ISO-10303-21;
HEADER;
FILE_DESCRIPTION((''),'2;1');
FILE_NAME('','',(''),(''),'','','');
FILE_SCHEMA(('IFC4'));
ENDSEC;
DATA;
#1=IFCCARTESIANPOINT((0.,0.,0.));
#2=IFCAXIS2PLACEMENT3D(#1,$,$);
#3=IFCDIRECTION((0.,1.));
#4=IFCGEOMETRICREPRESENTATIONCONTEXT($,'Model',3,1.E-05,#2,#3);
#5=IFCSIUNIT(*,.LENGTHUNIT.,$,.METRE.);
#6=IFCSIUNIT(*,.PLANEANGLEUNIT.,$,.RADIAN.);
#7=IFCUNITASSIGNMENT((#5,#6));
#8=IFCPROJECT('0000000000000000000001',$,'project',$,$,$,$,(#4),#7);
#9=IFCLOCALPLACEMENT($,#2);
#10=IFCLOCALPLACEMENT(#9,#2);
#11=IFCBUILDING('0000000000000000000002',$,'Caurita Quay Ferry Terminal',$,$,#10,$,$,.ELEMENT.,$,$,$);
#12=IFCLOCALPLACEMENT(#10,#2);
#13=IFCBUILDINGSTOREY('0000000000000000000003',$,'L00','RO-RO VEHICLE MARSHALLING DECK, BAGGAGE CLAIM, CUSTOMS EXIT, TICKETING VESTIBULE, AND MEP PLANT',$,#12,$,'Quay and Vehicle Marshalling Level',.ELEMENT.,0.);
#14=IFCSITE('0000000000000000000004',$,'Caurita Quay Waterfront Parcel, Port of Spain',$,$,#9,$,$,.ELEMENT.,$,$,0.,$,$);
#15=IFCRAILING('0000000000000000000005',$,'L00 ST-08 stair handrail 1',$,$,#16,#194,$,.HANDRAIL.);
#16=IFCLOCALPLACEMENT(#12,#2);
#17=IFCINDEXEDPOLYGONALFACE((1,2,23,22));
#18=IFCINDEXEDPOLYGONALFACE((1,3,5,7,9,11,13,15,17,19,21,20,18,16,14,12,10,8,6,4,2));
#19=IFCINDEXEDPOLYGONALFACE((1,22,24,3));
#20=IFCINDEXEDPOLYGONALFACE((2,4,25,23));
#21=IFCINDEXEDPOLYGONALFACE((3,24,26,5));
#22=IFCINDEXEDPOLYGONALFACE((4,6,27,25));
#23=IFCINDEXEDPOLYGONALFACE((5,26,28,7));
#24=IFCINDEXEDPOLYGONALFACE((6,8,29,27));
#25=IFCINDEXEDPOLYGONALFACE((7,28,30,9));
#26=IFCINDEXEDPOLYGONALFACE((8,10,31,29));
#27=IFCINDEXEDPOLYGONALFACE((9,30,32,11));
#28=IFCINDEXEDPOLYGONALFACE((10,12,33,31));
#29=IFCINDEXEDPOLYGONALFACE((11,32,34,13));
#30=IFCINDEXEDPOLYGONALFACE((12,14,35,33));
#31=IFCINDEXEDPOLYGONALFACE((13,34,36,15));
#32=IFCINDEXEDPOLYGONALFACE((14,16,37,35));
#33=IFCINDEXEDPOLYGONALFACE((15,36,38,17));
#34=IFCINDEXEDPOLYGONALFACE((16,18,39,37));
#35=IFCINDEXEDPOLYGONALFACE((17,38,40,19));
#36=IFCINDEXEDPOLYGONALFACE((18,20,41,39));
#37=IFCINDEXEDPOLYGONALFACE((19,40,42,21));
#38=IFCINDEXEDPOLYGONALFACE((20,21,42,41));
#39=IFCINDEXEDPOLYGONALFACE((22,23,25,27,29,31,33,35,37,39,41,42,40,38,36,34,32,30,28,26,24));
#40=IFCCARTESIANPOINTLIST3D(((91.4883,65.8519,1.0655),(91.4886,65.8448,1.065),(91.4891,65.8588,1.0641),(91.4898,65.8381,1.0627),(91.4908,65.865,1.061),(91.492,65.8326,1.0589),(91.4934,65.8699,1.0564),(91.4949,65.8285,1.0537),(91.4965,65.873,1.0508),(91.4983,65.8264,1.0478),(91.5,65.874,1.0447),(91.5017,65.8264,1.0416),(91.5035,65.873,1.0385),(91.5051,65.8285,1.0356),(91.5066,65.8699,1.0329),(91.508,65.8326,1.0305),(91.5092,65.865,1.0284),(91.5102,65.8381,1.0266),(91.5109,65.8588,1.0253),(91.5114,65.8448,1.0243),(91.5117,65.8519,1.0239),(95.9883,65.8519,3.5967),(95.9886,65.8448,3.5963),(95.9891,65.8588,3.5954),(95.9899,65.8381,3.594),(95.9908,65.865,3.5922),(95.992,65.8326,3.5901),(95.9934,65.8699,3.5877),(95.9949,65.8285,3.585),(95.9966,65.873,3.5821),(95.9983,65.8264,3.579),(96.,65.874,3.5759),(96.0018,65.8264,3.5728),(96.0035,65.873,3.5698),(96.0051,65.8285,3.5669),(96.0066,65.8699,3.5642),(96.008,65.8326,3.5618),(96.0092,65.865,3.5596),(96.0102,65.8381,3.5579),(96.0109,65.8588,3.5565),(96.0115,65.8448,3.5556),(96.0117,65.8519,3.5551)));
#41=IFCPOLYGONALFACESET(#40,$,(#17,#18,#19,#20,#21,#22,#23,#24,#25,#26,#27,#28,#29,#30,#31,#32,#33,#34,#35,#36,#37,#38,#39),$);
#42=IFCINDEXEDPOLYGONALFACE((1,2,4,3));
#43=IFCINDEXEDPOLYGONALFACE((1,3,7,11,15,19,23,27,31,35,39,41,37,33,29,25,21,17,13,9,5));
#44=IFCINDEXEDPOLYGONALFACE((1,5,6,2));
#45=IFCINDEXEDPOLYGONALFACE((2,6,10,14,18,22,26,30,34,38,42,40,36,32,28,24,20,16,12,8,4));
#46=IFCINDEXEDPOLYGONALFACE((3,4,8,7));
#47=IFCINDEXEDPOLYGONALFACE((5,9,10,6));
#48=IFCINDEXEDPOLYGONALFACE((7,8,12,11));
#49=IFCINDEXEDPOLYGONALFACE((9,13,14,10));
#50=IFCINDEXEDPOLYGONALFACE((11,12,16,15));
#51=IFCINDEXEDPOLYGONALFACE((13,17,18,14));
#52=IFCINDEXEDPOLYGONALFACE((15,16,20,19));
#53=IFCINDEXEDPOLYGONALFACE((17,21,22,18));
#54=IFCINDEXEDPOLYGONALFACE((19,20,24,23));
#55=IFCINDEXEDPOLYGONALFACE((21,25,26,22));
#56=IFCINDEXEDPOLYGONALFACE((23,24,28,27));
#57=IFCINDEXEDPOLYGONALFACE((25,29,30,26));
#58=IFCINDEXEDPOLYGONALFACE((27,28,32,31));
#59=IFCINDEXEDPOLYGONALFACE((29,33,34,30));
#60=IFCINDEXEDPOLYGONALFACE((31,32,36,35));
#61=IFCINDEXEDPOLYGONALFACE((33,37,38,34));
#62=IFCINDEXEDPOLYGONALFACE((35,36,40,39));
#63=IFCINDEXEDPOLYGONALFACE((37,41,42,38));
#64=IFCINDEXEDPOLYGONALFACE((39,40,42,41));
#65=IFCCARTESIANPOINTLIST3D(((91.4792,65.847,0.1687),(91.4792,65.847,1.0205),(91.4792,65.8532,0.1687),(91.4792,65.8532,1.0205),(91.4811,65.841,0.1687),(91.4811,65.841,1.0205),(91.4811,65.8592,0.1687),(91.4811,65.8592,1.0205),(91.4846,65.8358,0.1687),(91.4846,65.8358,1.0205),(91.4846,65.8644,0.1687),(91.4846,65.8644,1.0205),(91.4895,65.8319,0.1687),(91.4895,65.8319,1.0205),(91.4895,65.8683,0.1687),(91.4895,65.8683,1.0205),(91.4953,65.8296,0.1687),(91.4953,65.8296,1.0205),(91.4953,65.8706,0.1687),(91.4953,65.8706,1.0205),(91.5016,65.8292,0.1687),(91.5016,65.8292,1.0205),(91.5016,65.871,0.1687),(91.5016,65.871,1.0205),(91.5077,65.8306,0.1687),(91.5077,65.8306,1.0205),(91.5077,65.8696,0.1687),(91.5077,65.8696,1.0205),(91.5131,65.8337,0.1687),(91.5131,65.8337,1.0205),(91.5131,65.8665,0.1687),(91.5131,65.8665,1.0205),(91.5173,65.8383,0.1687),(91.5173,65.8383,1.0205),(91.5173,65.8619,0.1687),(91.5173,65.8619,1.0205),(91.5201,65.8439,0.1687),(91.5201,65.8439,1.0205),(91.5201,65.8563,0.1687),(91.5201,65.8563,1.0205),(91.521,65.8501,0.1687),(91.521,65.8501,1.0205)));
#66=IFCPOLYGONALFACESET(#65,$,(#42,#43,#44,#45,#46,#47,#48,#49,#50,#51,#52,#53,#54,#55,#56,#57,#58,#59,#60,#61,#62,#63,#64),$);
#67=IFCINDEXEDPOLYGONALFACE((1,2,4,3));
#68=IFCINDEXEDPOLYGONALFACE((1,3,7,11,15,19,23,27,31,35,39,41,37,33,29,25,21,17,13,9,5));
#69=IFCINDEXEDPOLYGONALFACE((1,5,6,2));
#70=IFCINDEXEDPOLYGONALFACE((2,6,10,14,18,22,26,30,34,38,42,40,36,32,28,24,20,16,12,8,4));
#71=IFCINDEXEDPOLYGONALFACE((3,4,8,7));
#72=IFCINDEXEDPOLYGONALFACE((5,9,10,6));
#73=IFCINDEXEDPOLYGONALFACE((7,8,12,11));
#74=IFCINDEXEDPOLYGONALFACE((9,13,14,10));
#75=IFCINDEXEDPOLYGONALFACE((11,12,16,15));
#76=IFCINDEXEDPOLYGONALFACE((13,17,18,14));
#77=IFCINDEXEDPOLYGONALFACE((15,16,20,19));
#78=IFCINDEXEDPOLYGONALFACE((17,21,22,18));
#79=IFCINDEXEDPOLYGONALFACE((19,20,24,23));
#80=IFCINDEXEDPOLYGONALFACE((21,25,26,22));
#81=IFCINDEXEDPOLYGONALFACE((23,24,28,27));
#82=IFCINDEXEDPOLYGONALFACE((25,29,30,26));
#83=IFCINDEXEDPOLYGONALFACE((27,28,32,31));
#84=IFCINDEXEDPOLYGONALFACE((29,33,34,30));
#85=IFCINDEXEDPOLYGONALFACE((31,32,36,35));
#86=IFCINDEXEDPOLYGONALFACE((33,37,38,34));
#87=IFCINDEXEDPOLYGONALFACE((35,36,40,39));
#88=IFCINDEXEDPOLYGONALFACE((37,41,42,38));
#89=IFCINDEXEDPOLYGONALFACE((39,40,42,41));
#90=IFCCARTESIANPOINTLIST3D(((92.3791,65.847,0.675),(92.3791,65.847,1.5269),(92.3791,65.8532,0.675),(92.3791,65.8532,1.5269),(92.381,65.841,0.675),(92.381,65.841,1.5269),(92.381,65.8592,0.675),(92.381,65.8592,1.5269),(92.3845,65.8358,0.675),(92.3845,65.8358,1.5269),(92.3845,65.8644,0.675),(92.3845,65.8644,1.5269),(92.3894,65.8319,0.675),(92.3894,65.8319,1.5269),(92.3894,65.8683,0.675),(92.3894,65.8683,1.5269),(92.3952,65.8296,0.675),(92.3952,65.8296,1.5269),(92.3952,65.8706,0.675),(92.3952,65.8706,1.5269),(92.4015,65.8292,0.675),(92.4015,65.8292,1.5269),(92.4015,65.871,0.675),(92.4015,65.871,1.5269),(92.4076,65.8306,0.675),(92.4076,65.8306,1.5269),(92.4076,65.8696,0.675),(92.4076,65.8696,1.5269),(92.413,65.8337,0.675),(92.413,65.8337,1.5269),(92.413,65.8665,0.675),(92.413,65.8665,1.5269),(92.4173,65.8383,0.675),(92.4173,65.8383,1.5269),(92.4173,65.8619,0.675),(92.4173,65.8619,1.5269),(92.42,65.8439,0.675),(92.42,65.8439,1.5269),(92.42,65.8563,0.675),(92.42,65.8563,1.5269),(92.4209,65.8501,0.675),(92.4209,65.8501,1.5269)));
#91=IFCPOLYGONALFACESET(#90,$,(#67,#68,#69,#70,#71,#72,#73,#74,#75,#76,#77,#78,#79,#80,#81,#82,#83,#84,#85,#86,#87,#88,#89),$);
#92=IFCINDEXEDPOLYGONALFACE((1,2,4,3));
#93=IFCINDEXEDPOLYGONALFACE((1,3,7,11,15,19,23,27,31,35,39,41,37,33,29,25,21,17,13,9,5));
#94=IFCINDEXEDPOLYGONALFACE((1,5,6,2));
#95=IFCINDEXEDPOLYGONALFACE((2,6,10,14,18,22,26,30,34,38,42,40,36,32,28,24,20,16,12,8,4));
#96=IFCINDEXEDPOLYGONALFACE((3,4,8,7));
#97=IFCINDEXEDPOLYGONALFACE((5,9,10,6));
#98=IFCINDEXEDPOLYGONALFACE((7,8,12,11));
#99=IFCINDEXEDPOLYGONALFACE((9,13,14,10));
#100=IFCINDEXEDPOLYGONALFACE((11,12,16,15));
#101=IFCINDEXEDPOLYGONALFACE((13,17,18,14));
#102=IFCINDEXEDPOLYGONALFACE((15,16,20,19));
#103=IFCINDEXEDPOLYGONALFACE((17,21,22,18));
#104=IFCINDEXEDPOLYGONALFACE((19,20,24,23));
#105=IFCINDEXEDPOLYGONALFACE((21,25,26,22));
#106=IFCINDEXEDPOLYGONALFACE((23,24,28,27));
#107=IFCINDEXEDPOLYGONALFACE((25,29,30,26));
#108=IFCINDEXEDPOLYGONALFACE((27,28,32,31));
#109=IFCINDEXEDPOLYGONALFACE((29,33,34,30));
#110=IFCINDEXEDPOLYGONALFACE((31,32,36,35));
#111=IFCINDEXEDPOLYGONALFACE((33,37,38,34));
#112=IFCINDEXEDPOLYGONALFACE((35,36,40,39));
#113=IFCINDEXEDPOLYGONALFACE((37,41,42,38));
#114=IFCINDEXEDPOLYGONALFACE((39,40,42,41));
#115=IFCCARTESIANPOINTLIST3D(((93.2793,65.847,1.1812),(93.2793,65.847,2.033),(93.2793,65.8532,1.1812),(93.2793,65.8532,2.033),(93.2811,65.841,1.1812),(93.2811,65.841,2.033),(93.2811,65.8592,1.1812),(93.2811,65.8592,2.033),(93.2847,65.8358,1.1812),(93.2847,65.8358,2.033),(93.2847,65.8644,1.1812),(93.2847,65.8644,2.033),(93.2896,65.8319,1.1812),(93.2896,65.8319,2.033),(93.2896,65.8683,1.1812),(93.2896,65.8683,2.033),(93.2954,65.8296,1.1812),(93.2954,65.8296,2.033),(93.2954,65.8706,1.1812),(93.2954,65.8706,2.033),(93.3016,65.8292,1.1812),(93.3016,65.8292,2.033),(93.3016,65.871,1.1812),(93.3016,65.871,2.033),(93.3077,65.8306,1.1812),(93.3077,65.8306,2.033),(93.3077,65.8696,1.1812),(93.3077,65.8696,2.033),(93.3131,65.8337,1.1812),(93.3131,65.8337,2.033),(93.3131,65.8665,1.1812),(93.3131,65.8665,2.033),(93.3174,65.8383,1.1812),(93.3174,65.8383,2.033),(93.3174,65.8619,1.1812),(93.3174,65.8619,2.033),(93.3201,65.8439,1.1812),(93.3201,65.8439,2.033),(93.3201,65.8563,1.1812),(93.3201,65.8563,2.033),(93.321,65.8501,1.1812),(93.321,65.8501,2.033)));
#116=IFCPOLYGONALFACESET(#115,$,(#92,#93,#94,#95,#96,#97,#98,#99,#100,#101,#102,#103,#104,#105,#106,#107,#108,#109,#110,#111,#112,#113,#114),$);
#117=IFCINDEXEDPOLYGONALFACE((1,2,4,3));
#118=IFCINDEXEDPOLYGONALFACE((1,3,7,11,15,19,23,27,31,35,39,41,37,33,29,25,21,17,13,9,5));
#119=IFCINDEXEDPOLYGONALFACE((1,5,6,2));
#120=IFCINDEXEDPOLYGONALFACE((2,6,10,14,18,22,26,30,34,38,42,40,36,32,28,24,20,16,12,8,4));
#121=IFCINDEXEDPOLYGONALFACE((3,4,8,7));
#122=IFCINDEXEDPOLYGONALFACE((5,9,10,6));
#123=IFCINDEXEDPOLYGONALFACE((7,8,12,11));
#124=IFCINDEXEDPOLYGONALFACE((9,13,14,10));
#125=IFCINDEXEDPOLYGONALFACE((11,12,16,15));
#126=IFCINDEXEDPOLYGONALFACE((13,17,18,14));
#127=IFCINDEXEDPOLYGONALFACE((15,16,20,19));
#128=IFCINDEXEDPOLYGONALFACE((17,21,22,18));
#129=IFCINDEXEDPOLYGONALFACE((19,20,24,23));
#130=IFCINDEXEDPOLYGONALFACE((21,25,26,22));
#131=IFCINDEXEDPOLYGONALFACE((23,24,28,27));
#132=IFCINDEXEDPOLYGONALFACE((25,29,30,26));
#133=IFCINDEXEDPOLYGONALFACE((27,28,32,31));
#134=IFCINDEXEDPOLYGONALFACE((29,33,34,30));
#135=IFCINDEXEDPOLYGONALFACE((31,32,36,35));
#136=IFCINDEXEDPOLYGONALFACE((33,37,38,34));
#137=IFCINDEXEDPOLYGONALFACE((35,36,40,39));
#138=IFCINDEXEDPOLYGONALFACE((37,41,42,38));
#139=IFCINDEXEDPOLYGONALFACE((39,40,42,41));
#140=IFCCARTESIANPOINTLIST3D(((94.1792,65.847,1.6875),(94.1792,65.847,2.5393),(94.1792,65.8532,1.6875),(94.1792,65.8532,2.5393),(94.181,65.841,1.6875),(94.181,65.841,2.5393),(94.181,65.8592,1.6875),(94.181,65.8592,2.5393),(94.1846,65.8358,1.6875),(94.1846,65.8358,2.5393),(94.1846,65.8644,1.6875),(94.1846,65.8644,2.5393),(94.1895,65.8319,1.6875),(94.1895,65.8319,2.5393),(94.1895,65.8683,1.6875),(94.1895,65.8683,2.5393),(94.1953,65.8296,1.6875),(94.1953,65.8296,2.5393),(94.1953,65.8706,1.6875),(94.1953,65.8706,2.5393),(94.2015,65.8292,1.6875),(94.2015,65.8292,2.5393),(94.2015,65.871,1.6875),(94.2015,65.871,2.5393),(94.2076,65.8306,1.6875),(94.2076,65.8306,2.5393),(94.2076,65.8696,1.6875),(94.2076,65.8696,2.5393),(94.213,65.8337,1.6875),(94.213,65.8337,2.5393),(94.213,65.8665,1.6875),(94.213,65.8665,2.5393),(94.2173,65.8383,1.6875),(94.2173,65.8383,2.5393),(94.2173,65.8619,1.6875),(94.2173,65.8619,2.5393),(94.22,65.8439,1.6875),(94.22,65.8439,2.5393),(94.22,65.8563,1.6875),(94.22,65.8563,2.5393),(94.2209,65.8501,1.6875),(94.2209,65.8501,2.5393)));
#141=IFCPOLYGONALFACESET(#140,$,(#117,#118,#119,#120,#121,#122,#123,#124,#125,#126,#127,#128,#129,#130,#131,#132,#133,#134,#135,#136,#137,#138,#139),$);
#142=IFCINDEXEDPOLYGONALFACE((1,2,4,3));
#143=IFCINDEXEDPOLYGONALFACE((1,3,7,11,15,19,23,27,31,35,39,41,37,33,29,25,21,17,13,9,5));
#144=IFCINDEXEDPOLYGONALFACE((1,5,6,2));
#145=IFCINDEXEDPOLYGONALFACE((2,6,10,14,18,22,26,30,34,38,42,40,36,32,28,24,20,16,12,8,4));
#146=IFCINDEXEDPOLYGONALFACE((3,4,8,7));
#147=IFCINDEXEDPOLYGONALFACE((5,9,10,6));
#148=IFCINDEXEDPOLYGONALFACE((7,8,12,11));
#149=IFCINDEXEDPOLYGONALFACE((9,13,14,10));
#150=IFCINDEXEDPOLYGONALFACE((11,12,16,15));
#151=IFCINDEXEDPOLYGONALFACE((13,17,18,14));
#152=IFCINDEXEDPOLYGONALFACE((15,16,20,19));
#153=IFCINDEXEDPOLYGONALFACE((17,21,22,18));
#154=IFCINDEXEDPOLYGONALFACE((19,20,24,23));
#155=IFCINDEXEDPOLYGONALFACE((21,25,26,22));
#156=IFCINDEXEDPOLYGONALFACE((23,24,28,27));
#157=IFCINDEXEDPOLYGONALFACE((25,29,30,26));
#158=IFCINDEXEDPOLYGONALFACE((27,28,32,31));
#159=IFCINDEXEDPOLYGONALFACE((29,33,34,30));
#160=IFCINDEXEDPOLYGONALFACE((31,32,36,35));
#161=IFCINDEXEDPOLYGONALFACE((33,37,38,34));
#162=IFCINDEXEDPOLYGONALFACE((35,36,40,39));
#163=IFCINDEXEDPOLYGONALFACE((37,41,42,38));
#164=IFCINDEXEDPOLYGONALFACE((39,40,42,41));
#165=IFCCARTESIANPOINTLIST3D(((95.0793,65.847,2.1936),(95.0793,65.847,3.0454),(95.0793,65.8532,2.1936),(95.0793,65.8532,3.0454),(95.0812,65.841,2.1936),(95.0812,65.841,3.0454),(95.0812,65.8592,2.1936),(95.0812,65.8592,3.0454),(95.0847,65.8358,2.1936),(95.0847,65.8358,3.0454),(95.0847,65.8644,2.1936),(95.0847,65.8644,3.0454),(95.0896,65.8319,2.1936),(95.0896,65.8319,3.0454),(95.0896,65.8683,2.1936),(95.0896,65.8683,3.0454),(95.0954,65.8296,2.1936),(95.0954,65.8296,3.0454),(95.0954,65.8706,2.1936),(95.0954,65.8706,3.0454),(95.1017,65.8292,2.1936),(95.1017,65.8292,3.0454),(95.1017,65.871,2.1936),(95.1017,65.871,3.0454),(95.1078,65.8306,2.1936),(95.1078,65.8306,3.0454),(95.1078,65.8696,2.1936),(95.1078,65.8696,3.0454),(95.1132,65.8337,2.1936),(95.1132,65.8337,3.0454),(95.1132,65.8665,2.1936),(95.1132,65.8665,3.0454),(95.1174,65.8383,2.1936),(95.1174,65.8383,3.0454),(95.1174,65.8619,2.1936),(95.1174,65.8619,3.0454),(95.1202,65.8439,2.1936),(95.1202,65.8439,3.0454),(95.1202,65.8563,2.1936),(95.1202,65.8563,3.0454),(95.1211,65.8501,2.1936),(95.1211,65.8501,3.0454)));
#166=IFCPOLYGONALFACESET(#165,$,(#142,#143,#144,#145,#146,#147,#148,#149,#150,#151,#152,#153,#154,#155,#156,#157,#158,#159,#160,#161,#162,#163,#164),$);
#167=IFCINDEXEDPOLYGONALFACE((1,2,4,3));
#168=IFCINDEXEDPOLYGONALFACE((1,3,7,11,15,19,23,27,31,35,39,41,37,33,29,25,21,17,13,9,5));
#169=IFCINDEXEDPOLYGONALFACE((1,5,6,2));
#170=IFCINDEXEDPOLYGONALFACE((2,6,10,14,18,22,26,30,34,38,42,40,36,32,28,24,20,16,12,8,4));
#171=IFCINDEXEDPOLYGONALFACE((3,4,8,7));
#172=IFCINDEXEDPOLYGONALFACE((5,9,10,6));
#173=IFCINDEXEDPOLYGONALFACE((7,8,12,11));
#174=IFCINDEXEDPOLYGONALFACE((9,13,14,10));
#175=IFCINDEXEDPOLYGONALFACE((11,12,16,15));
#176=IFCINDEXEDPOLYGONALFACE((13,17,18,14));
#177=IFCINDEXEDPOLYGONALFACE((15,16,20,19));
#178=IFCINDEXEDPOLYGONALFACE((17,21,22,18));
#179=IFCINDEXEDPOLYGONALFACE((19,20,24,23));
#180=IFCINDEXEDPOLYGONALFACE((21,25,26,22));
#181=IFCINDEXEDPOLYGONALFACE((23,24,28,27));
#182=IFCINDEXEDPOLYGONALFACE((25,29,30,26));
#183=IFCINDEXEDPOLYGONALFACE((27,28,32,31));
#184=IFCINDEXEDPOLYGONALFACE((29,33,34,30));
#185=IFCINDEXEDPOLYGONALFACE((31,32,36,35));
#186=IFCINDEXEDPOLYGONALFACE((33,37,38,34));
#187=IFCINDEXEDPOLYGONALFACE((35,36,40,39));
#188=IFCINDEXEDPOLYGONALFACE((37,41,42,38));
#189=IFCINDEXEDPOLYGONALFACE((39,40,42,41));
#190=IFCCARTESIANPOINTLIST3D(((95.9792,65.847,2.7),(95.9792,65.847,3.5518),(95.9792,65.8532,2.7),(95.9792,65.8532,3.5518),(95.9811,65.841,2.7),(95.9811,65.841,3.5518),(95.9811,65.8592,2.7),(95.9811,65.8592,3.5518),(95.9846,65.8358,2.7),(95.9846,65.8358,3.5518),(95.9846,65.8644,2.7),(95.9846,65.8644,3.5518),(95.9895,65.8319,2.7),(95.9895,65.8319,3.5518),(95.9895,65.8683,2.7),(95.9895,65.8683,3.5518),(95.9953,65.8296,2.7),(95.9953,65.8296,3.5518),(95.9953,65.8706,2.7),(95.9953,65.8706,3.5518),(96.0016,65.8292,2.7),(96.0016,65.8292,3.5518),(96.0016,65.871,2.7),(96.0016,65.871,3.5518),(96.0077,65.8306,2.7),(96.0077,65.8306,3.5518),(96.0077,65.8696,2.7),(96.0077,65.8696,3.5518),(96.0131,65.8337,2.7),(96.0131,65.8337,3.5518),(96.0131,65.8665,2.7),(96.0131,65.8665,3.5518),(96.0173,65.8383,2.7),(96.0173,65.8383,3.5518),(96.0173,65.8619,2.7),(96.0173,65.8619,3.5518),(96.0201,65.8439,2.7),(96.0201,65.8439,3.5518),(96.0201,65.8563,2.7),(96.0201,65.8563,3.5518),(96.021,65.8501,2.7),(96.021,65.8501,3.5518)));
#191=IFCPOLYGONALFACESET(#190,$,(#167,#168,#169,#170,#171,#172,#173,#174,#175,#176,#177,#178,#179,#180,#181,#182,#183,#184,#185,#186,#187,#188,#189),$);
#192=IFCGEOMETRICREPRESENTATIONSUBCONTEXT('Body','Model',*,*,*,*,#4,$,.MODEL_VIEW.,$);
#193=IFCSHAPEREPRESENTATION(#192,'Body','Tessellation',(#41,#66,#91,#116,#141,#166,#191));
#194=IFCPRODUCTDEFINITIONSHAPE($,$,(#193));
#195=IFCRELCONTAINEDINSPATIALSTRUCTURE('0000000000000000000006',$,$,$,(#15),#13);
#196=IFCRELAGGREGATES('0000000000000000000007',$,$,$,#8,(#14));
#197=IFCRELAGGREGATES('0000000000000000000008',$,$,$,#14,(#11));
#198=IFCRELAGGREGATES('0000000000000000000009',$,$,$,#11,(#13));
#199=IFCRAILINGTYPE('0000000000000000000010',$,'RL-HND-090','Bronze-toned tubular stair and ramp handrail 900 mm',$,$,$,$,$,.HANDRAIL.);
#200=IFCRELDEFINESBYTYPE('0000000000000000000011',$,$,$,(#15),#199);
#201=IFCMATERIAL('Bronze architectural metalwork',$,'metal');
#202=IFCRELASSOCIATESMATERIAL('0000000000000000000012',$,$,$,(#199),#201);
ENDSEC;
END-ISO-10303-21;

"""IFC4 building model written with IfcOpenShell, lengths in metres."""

from ifc_helpers import new_model, si_unit, direction, frame, origin, origin_2d, place, context, subcontext, project, spatial, circle, extrude, material, type_object, element, save


model = new_model("IFC4")

# Units and contexts
model_context = context("Model", 3, precision=1e-05, world=origin(), true_north=direction((0.0, 1.0)))
body_context = subcontext(model_context, "Body", "Model", "MODEL_VIEW")
ifc_project = project(units=[si_unit("LENGTHUNIT", "METRE"), si_unit("PLANEANGLEUNIT", "RADIAN")], contexts=[model_context])

# Site, building, storey
site_placement = place(None, origin())
site = spatial("IfcSite", under=ifc_project, at=site_placement, Name="Caurita Quay Waterfront Parcel, Port of Spain", CompositionType="ELEMENT", RefElevation=0.0)
building_placement = place(site_placement, origin())
building = spatial("IfcBuilding", under=site, at=building_placement, Name="Caurita Quay Ferry Terminal", CompositionType="ELEMENT")
storey_placement = place(building_placement, origin())
storey = spatial("IfcBuildingStorey", under=building, at=storey_placement, Name="L00", Description="RO-RO VEHICLE MARSHALLING DECK, BAGGAGE CLAIM, CUSTOMS EXIT, TICKETING VESTIBULE, AND MEP PLANT", LongName="Quay and Vehicle Marshalling Level", CompositionType="ELEMENT", Elevation=0.0)

# Railing
ifc_material_1 = material(Name="Bronze architectural metalwork", Category="metal")
railing_type_1 = type_object("IfcRailingType", Name="RL-HND-090", Description="Bronze-toned tubular stair and ramp handrail 900 mm", PredefinedType="HANDRAIL", material=ifc_material_1)
railing_1_placement = place(storey_placement, frame((91.5, 65.8501, 0.1687)))
element("IfcRailing", 1, at=railing_1_placement, inside=storey, type_object=railing_type_1, Name="L00 ST-08 stair handrail 1", PredefinedType="HANDRAIL", context=body_context, shape_type="SweptSolid", body=[
    extrude(circle(Radius=0.0239, at=origin_2d()), frame((0.0, 0.0, 0.876), z_axis=(0.871576, 0.0, 0.490261), x_axis=(0.0, 1.0, 0.0)), (0.0, 0.0, 1.0), 5.1631),
    extrude(circle(Radius=0.021, at=origin_2d()), origin(), (0.0, 0.0, 1.0), 0.8518),
    extrude(circle(Radius=0.021, at=origin_2d()), frame((0.8999, 0.0, 0.5063)), (0.0, 0.0, 1.0), 0.8518),
    extrude(circle(Radius=0.021, at=origin_2d()), frame((1.8, 0.0, 1.0125)), (0.0, 0.0, 1.0), 0.8518),
    extrude(circle(Radius=0.021, at=origin_2d()), frame((2.7, 0.0, 1.5188)), (0.0, 0.0, 1.0), 0.8518),
    extrude(circle(Radius=0.021, at=origin_2d()), frame((3.6001, 0.0, 2.0249)), (0.0, 0.0, 1.0), 0.8518),
    extrude(circle(Radius=0.021, at=origin_2d()), frame((4.5, 0.0, 2.5312)), (0.0, 0.0, 1.0), 0.8518),
])

save(model, "model.ifc")
